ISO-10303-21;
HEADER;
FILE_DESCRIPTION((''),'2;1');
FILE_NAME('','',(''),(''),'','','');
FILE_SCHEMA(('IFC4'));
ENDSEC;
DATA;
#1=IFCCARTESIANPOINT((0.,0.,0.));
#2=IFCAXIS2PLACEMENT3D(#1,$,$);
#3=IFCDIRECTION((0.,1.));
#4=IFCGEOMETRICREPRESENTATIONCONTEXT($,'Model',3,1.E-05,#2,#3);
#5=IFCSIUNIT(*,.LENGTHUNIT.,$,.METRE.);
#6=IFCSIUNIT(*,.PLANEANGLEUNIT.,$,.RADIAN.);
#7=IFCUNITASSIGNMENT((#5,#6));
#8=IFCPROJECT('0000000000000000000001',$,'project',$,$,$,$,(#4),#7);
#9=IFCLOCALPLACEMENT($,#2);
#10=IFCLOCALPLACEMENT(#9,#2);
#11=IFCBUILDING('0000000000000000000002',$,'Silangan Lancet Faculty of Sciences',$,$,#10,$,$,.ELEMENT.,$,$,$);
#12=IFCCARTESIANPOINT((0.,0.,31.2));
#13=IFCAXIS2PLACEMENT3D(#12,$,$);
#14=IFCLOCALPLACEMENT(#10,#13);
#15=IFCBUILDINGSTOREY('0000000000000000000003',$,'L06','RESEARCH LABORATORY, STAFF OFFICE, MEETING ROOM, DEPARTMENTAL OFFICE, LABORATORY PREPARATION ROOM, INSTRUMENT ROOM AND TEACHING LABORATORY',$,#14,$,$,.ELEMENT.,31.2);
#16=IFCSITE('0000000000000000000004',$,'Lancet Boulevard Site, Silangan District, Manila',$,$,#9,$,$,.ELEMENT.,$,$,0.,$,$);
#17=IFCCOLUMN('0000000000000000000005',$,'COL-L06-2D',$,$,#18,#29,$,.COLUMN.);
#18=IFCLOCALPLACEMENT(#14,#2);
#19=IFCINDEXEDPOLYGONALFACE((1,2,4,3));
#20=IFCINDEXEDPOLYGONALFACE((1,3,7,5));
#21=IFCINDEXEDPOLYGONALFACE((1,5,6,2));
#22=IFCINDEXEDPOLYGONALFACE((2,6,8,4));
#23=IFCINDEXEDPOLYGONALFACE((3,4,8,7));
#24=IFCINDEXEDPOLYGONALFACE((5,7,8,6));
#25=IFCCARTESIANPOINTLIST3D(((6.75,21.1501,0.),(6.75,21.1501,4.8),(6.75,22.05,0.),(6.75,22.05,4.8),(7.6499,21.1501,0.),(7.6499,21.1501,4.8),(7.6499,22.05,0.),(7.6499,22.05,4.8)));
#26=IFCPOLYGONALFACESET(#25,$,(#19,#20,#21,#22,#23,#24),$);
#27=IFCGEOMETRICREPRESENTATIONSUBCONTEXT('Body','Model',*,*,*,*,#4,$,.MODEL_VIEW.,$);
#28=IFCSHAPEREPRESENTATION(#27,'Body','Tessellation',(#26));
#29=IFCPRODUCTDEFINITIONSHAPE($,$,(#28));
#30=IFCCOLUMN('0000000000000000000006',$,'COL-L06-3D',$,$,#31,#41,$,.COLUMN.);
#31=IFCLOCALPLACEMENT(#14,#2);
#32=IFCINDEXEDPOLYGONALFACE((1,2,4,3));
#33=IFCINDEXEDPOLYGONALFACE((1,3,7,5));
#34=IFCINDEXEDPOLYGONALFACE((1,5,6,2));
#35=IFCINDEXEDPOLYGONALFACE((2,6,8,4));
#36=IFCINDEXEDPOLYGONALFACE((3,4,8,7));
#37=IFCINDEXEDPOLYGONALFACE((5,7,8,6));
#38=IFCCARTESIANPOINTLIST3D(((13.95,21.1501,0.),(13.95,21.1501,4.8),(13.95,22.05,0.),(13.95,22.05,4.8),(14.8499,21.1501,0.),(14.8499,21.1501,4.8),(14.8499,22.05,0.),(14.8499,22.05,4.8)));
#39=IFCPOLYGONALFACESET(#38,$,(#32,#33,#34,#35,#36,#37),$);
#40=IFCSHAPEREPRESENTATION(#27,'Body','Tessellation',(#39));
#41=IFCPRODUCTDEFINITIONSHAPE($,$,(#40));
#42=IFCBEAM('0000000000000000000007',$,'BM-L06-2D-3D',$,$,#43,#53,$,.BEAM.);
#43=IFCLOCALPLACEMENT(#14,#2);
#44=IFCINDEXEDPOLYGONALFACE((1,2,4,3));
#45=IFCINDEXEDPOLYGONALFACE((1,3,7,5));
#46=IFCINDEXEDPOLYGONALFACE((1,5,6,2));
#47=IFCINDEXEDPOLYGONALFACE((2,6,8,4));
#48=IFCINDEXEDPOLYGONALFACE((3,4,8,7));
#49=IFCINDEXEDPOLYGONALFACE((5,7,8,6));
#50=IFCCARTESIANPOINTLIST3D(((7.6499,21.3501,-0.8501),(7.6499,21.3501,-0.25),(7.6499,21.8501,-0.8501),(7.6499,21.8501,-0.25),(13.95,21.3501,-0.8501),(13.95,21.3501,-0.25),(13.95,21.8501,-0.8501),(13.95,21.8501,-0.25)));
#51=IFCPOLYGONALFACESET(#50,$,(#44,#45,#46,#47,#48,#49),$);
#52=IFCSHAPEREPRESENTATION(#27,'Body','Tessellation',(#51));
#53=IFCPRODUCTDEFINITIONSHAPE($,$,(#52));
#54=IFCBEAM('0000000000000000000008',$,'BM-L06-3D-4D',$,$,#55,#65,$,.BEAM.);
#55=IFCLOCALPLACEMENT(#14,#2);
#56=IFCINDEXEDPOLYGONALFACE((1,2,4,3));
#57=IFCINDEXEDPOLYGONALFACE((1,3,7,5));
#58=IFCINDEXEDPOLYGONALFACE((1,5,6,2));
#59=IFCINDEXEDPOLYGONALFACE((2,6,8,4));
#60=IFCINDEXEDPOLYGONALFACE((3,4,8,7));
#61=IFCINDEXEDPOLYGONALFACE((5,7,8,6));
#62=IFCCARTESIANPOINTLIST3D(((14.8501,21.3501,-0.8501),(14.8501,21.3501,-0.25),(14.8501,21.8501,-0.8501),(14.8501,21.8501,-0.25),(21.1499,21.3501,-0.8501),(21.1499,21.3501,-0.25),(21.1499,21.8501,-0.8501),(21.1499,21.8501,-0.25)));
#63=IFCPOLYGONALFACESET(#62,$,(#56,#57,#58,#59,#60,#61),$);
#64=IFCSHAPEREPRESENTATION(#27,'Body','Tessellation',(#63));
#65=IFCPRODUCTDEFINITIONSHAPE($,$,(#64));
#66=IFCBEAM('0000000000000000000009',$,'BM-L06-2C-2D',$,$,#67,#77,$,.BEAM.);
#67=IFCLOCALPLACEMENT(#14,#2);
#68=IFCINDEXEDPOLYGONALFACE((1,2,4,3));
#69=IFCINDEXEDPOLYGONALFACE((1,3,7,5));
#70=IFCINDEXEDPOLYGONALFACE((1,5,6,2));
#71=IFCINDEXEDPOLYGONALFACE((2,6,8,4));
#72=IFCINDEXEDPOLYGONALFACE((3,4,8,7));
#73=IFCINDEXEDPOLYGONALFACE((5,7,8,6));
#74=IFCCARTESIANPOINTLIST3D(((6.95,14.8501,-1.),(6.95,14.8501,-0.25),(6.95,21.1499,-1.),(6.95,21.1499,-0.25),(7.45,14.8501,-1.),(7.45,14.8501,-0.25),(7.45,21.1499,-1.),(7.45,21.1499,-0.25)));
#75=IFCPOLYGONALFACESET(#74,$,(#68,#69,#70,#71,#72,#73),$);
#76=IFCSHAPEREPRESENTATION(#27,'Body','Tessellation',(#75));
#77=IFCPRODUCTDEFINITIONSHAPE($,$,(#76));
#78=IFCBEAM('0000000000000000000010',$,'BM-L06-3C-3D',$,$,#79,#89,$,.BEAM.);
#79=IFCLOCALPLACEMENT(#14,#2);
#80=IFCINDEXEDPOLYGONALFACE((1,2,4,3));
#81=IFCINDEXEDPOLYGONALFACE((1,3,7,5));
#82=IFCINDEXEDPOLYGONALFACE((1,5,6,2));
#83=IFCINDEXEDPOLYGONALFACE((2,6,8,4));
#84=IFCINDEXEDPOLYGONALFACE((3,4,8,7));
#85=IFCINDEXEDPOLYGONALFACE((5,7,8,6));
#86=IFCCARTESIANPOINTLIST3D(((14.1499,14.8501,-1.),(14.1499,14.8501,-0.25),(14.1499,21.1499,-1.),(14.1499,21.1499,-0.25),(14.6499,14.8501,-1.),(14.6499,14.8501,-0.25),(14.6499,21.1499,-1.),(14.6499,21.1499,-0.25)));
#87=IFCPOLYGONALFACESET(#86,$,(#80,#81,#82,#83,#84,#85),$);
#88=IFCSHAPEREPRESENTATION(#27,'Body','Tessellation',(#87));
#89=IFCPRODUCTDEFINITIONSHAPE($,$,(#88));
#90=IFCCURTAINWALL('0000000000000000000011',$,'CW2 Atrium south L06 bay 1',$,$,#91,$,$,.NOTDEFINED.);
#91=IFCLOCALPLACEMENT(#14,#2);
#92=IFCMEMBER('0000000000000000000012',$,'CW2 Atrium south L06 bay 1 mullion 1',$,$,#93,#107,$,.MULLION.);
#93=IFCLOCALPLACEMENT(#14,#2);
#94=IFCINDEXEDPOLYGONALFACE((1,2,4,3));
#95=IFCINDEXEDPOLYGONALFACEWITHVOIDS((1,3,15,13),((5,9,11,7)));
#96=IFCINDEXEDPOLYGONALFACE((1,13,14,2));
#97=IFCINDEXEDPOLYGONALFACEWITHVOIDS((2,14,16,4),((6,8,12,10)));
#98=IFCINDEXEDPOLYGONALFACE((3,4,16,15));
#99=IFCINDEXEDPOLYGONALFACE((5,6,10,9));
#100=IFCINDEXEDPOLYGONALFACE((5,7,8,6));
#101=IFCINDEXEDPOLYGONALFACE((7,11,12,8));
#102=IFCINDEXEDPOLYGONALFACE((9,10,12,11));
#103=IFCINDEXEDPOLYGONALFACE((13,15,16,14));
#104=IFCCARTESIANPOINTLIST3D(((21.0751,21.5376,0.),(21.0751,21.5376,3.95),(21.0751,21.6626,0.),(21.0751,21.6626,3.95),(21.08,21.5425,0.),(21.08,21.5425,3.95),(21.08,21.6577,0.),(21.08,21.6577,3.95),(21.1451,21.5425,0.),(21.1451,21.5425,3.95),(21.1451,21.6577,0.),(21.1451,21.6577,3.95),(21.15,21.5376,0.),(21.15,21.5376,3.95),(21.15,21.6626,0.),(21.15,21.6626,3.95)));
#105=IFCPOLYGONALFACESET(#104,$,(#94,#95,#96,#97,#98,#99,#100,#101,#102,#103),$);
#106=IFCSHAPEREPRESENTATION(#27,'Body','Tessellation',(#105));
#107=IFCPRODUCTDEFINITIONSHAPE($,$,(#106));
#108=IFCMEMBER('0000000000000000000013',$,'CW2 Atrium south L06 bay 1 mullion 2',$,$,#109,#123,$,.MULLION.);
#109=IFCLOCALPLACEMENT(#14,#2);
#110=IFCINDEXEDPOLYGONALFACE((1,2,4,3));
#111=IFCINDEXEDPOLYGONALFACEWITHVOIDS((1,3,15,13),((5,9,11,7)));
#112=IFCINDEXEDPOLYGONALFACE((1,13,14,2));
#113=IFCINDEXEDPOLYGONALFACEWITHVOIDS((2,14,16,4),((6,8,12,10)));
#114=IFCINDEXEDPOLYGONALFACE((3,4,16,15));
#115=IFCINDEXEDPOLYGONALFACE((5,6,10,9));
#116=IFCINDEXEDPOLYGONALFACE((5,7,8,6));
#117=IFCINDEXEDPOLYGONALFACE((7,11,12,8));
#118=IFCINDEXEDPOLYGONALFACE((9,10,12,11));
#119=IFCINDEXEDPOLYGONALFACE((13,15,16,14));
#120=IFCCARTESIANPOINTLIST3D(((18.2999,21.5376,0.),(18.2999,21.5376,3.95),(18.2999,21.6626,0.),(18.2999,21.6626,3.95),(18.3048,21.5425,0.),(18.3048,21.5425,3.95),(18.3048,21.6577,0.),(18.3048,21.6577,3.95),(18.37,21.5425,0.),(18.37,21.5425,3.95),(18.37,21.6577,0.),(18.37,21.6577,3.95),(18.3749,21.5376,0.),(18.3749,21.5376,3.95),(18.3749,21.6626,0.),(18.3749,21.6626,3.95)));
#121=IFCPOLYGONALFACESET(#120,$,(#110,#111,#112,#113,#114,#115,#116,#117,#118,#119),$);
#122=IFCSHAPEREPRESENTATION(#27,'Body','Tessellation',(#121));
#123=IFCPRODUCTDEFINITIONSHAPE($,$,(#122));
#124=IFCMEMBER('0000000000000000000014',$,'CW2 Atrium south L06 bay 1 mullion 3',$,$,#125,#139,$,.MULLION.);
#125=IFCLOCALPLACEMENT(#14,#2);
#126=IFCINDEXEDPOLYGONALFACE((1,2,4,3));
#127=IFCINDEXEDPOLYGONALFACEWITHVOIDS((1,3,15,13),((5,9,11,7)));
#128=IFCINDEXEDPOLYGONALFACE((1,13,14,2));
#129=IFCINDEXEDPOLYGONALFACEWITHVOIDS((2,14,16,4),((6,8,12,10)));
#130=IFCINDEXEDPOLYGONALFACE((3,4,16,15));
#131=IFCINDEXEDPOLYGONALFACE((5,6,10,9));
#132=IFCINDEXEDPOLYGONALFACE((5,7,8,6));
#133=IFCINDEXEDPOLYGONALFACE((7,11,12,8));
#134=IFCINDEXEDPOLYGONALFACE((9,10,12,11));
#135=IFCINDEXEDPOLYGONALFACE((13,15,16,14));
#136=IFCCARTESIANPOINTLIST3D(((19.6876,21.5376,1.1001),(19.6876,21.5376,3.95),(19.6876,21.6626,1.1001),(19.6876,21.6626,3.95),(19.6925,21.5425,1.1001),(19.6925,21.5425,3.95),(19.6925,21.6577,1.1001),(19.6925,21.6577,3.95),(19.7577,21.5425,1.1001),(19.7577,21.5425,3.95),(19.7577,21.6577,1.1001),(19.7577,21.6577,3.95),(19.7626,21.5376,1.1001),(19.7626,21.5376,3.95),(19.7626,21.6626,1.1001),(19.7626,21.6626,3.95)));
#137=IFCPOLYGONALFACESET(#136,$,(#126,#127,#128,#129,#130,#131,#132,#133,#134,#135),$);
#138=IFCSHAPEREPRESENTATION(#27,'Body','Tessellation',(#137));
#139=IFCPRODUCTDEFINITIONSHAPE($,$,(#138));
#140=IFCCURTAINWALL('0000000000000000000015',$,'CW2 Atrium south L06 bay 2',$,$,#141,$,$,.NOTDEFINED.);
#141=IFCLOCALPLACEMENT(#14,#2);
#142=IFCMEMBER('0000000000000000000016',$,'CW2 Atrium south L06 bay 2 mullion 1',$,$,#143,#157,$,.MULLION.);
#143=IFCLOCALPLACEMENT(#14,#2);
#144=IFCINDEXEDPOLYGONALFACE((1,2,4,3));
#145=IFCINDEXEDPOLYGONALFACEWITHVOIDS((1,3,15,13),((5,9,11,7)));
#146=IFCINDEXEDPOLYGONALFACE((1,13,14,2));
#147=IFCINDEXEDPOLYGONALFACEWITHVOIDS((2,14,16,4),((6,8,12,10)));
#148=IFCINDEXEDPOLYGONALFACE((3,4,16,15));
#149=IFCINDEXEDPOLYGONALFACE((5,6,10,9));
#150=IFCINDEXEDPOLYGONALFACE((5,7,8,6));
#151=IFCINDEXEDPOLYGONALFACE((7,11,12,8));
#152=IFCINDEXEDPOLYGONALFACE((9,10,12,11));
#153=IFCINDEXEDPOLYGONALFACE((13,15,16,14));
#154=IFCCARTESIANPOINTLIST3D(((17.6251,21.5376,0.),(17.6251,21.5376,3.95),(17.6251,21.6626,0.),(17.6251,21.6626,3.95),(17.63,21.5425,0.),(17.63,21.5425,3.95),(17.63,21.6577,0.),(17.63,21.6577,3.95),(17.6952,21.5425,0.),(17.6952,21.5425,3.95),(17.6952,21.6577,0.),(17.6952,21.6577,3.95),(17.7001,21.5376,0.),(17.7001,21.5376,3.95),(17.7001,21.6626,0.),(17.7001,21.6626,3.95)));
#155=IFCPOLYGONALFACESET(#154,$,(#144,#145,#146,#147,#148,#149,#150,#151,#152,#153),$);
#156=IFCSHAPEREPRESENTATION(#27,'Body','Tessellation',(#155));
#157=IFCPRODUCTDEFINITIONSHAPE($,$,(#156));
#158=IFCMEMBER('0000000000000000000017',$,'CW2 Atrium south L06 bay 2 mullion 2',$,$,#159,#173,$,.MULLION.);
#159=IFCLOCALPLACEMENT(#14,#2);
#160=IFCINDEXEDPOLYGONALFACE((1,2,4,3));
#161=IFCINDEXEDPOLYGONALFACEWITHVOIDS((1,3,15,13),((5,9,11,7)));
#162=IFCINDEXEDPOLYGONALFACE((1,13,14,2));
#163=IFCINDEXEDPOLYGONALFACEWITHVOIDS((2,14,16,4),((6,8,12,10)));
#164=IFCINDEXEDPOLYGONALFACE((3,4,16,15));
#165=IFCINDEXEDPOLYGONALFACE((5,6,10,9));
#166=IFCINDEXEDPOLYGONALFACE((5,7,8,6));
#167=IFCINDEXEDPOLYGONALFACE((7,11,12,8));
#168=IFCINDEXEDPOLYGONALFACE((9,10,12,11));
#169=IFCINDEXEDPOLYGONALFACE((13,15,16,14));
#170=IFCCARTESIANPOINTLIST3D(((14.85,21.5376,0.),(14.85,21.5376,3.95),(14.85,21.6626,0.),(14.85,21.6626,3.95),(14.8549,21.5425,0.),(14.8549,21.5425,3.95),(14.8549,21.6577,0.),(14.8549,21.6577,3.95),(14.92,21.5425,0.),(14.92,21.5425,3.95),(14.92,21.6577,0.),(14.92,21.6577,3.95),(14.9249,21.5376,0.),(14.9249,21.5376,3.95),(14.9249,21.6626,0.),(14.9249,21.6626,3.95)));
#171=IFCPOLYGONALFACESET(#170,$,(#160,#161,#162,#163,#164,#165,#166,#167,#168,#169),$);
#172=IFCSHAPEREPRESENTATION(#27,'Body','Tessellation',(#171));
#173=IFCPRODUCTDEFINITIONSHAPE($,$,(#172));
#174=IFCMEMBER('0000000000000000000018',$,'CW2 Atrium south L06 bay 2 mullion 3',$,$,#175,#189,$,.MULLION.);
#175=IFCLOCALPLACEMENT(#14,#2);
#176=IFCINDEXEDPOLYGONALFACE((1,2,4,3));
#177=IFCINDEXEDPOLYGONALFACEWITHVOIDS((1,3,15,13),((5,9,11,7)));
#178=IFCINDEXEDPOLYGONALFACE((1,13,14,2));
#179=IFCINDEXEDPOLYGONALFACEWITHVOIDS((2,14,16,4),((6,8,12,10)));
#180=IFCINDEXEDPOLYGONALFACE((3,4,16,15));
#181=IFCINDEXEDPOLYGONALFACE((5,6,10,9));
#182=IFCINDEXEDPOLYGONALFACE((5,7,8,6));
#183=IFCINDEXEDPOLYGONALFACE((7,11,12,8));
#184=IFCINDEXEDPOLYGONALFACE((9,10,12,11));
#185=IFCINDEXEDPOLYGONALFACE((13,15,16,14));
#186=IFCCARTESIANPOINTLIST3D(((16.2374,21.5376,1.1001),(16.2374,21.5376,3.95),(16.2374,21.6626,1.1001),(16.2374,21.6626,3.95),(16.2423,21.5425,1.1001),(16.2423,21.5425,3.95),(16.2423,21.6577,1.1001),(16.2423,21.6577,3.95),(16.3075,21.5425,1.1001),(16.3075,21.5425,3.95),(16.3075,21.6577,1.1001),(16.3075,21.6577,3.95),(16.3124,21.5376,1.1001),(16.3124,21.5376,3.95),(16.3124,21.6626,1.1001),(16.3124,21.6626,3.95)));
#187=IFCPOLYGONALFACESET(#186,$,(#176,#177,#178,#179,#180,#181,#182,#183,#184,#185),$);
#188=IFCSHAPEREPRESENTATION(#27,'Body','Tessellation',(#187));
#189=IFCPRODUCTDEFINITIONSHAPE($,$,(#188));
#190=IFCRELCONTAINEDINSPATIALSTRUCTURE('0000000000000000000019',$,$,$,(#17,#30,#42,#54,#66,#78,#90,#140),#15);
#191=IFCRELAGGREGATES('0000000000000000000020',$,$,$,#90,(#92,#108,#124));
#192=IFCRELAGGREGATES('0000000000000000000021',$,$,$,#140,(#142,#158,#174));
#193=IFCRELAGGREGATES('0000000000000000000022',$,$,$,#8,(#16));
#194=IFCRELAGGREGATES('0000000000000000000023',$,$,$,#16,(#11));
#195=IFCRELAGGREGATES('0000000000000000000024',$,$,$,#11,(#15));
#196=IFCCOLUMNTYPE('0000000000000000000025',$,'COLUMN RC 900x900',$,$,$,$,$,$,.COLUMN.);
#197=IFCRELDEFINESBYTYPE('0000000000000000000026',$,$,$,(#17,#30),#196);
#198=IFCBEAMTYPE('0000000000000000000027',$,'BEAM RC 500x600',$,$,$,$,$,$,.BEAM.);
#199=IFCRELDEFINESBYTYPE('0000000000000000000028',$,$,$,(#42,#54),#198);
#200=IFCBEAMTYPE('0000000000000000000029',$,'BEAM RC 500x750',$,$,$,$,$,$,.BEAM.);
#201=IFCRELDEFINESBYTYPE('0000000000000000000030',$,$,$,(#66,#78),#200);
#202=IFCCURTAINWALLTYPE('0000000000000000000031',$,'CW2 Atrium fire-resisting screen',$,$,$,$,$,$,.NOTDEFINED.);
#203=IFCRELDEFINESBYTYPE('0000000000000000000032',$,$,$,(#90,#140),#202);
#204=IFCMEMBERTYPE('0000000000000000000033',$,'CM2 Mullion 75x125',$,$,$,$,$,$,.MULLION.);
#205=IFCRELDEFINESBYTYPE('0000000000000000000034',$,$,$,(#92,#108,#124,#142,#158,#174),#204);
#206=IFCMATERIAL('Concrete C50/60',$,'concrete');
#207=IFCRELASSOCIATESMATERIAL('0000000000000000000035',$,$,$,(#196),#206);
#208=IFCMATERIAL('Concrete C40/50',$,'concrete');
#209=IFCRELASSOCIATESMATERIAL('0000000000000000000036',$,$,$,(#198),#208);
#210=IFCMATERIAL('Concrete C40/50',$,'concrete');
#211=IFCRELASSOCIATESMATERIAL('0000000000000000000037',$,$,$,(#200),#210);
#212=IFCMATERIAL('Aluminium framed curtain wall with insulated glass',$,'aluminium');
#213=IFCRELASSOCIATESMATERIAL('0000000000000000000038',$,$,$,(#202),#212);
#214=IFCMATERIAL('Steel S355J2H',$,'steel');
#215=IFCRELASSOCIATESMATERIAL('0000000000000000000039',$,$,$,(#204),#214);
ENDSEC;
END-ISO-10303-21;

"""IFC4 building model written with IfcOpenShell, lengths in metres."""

from ifc_helpers import new_model, si_unit, direction, frame, origin, origin_2d, place, context, subcontext, project, spatial, rectangle, hollow_rectangle, extrude, material, material_profile, profile_set, type_object, element, aggregate, save


model = new_model("IFC4")

# Units and contexts
model_context = context("Model", 3, precision=1e-05, world=origin(), true_north=direction((0.0, 1.0)))
body_context = subcontext(model_context, "Body", "Model", "MODEL_VIEW")
ifc_project = project(units=[si_unit("LENGTHUNIT", "METRE"), si_unit("PLANEANGLEUNIT", "RADIAN")], contexts=[model_context])

# Site, building, storey
site_placement = place(None, origin())
site = spatial("IfcSite", under=ifc_project, at=site_placement, Name="Lancet Boulevard Site, Silangan District, Manila", CompositionType="ELEMENT", RefElevation=0.0)
building_placement = place(site_placement, origin())
building = spatial("IfcBuilding", under=site, at=building_placement, Name="Silangan Lancet Faculty of Sciences", CompositionType="ELEMENT")
storey_placement = place(building_placement, frame((0.0, 0.0, 31.2)))
storey = spatial("IfcBuildingStorey", under=building, at=storey_placement, Name="L06", Description="RESEARCH LABORATORY, STAFF OFFICE, MEETING ROOM, DEPARTMENTAL OFFICE, LABORATORY PREPARATION ROOM, INSTRUMENT ROOM AND TEACHING LABORATORY", CompositionType="ELEMENT", Elevation=31.2)

# Columns
ifc_material_1 = material(Name="Concrete C50/60", Category="concrete")
ifc_material_profile_1 = material_profile(ifc_material_1, rectangle(XDim=0.8999, YDim=0.8999, at=origin_2d()), Name="RC 900x900")
ifc_profile_set_1 = profile_set([ifc_material_profile_1], Name="Concrete C50/60")
column_type = type_object("IfcColumnType", Name="COLUMN RC 900x900", PredefinedType="COLUMN", material=ifc_profile_set_1)
for number, where, z_axis, x_axis, name in (
    (1, (7.2, 21.6001, 0.0), (0.0, 0.0, 1.0), (1.0, 0.0, 0.0), "COL-L06-2D"),
    (2, (14.3999, 21.6001, 0.0), (0.0, 0.0, 1.0), (1.0, 0.0, 0.0), "COL-L06-3D"),
):
    element("IfcColumn", number, at=place(storey_placement, frame(where, z_axis=z_axis, x_axis=x_axis)), inside=storey, type_object=column_type, Name=name, PredefinedType="COLUMN", context=body_context, shape_type="SweptSolid", body=[
        extrude(rectangle(XDim=0.8999, YDim=0.8999, at=origin_2d()), origin(), (0.0, 0.0, 1.0), 4.8),
    ])

# Beams
ifc_material_2 = material(Name="Concrete C40/50", Category="concrete")
ifc_material_profile_2 = material_profile(ifc_material_2, rectangle(XDim=0.5, YDim=0.6001, at=origin_2d()), Name="RC 500x600")
ifc_profile_set_2 = profile_set([ifc_material_profile_2], Name="Concrete C40/50")
beam_type_1 = type_object("IfcBeamType", Name="BEAM RC 500x600", PredefinedType="BEAM", material=ifc_profile_set_2)
beam_1_placement = place(storey_placement, frame((7.6499, 21.6001, -0.55), z_axis=(1.0, 0.0, 0.0), x_axis=(0.0, 1.0, 0.0)))
element("IfcBeam", 3, at=beam_1_placement, inside=storey, type_object=beam_type_1, Name="BM-L06-2D-3D", PredefinedType="BEAM", context=body_context, shape_type="SweptSolid", body=[
    extrude(rectangle(XDim=0.5, YDim=0.6001, at=origin_2d()), origin(), (0.0, 0.0, 1.0), 6.3),
])
beam_2_placement = place(storey_placement, frame((14.8501, 21.6001, -0.55), z_axis=(1.0, 0.0, 0.0), x_axis=(0.0, 1.0, 0.0)))
element("IfcBeam", 4, at=beam_2_placement, inside=storey, type_object=beam_type_1, Name="BM-L06-3D-4D", PredefinedType="BEAM", context=body_context, shape_type="SweptSolid", body=[
    extrude(rectangle(XDim=0.5, YDim=0.6001, at=origin_2d()), origin(), (0.0, 0.0, 1.0), 6.2998),
])
ifc_material_3 = material(Name="Concrete C40/50", Category="concrete")
ifc_material_profile_3 = material_profile(ifc_material_3, rectangle(XDim=0.5, YDim=0.75, at=origin_2d()), Name="RC 500x750")
ifc_profile_set_3 = profile_set([ifc_material_profile_3], Name="Concrete C40/50")
beam_type_2 = type_object("IfcBeamType", Name="BEAM RC 500x750", PredefinedType="BEAM", material=ifc_profile_set_3)
for number, where, z_axis, x_axis, name in (
    (5, (7.2, 14.8501, -0.625), (0.0, 1.0, 0.0), (-1.0, 0.0, 0.0), "BM-L06-2C-2D"),
    (6, (14.3999, 14.8501, -0.625), (0.0, 1.0, 0.0), (-1.0, 0.0, 0.0), "BM-L06-3C-3D"),
):
    element("IfcBeam", number, at=place(storey_placement, frame(where, z_axis=z_axis, x_axis=x_axis)), inside=storey, type_object=beam_type_2, Name=name, PredefinedType="BEAM", context=body_context, shape_type="SweptSolid", body=[
        extrude(rectangle(XDim=0.5, YDim=0.75, at=origin_2d()), origin(), (0.0, 0.0, 1.0), 6.2998),
    ])

# Curtain walls, members
ifc_material_4 = material(Name="Aluminium framed curtain wall with insulated glass", Category="aluminium")
curtain_wall_type = type_object("IfcCurtainWallType", Name="CW2 Atrium fire-resisting screen", PredefinedType="NOTDEFINED", material=ifc_material_4)
curtain_wall_1_placement = place(storey_placement, origin())
curtain_wall_1 = element("IfcCurtainWall", 7, at=curtain_wall_1_placement, inside=storey, type_object=curtain_wall_type, Name="CW2 Atrium south L06 bay 1", PredefinedType="NOTDEFINED")
ifc_material_5 = material(Name="Steel S355J2H", Category="steel")
ifc_material_profile_4 = material_profile(ifc_material_5, hollow_rectangle(XDim=0.075, YDim=0.125, WallThickness=0.0049, at=origin_2d()), Name="ST BOX 75x125x5")
ifc_profile_set_4 = profile_set([ifc_material_profile_4], Name="Steel S355J2H")
member_type_1 = type_object("IfcMemberType", Name="CM2 Mullion 75x125", PredefinedType="MULLION", material=ifc_profile_set_4)
member_1_placement = place(storey_placement, frame((21.1125, 21.6001, 0.0), z_axis=(0.0, 0.0, 1.0), x_axis=(-1.0, 0.0, 0.0)))
member_1 = element("IfcMember", 8, at=member_1_placement, type_object=member_type_1, Name="CW2 Atrium south L06 bay 1 mullion 1", PredefinedType="MULLION", context=body_context, shape_type="SweptSolid", body=[
    extrude(hollow_rectangle(XDim=0.075, YDim=0.125, WallThickness=0.0049, at=origin_2d()), origin(), (0.0, 0.0, 1.0), 3.95),
])
member_2_placement = place(storey_placement, frame((18.3374, 21.6001, 0.0), z_axis=(0.0, 0.0, 1.0), x_axis=(-1.0, 0.0, 0.0)))
member_2 = element("IfcMember", 9, at=member_2_placement, type_object=member_type_1, Name="CW2 Atrium south L06 bay 1 mullion 2", PredefinedType="MULLION", context=body_context, shape_type="SweptSolid", body=[
    extrude(hollow_rectangle(XDim=0.075, YDim=0.125, WallThickness=0.0049, at=origin_2d()), origin(), (0.0, 0.0, 1.0), 3.95),
])
member_3_placement = place(storey_placement, frame((19.7251, 21.6001, 1.1001), z_axis=(0.0, 0.0, 1.0), x_axis=(-1.0, 0.0, 0.0)))
member_3 = element("IfcMember", 10, at=member_3_placement, type_object=member_type_1, Name="CW2 Atrium south L06 bay 1 mullion 3", PredefinedType="MULLION", context=body_context, shape_type="SweptSolid", body=[
    extrude(hollow_rectangle(XDim=0.075, YDim=0.125, WallThickness=0.0049, at=origin_2d()), origin(), (0.0, 0.0, 1.0), 2.8499),
])
curtain_wall_2_placement = place(storey_placement, origin())
curtain_wall_2 = element("IfcCurtainWall", 11, at=curtain_wall_2_placement, inside=storey, type_object=curtain_wall_type, Name="CW2 Atrium south L06 bay 2", PredefinedType="NOTDEFINED")
member_4_placement = place(storey_placement, frame((17.6626, 21.6001, 0.0), z_axis=(0.0, 0.0, 1.0), x_axis=(-1.0, 0.0, 0.0)))
member_4 = element("IfcMember", 12, at=member_4_placement, type_object=member_type_1, Name="CW2 Atrium south L06 bay 2 mullion 1", PredefinedType="MULLION", context=body_context, shape_type="SweptSolid", body=[
    extrude(hollow_rectangle(XDim=0.075, YDim=0.125, WallThickness=0.0049, at=origin_2d()), origin(), (0.0, 0.0, 1.0), 3.95),
])
member_5_placement = place(storey_placement, frame((14.8875, 21.6001, 0.0), z_axis=(0.0, 0.0, 1.0), x_axis=(-1.0, 0.0, 0.0)))
member_5 = element("IfcMember", 13, at=member_5_placement, type_object=member_type_1, Name="CW2 Atrium south L06 bay 2 mullion 2", PredefinedType="MULLION", context=body_context, shape_type="SweptSolid", body=[
    extrude(hollow_rectangle(XDim=0.075, YDim=0.125, WallThickness=0.0049, at=origin_2d()), origin(), (0.0, 0.0, 1.0), 3.95),
])
member_6_placement = place(storey_placement, frame((16.2749, 21.6001, 1.1001), z_axis=(0.0, 0.0, 1.0), x_axis=(-1.0, 0.0, 0.0)))
member_6 = element("IfcMember", 14, at=member_6_placement, type_object=member_type_1, Name="CW2 Atrium south L06 bay 2 mullion 3", PredefinedType="MULLION", context=body_context, shape_type="SweptSolid", body=[
    extrude(hollow_rectangle(XDim=0.075, YDim=0.125, WallThickness=0.0049, at=origin_2d()), origin(), (0.0, 0.0, 1.0), 2.8499),
])

aggregate(curtain_wall_1, [member_1, member_2, member_3])
aggregate(curtain_wall_2, [member_4, member_5, member_6])

save(model, "model.ifc")
